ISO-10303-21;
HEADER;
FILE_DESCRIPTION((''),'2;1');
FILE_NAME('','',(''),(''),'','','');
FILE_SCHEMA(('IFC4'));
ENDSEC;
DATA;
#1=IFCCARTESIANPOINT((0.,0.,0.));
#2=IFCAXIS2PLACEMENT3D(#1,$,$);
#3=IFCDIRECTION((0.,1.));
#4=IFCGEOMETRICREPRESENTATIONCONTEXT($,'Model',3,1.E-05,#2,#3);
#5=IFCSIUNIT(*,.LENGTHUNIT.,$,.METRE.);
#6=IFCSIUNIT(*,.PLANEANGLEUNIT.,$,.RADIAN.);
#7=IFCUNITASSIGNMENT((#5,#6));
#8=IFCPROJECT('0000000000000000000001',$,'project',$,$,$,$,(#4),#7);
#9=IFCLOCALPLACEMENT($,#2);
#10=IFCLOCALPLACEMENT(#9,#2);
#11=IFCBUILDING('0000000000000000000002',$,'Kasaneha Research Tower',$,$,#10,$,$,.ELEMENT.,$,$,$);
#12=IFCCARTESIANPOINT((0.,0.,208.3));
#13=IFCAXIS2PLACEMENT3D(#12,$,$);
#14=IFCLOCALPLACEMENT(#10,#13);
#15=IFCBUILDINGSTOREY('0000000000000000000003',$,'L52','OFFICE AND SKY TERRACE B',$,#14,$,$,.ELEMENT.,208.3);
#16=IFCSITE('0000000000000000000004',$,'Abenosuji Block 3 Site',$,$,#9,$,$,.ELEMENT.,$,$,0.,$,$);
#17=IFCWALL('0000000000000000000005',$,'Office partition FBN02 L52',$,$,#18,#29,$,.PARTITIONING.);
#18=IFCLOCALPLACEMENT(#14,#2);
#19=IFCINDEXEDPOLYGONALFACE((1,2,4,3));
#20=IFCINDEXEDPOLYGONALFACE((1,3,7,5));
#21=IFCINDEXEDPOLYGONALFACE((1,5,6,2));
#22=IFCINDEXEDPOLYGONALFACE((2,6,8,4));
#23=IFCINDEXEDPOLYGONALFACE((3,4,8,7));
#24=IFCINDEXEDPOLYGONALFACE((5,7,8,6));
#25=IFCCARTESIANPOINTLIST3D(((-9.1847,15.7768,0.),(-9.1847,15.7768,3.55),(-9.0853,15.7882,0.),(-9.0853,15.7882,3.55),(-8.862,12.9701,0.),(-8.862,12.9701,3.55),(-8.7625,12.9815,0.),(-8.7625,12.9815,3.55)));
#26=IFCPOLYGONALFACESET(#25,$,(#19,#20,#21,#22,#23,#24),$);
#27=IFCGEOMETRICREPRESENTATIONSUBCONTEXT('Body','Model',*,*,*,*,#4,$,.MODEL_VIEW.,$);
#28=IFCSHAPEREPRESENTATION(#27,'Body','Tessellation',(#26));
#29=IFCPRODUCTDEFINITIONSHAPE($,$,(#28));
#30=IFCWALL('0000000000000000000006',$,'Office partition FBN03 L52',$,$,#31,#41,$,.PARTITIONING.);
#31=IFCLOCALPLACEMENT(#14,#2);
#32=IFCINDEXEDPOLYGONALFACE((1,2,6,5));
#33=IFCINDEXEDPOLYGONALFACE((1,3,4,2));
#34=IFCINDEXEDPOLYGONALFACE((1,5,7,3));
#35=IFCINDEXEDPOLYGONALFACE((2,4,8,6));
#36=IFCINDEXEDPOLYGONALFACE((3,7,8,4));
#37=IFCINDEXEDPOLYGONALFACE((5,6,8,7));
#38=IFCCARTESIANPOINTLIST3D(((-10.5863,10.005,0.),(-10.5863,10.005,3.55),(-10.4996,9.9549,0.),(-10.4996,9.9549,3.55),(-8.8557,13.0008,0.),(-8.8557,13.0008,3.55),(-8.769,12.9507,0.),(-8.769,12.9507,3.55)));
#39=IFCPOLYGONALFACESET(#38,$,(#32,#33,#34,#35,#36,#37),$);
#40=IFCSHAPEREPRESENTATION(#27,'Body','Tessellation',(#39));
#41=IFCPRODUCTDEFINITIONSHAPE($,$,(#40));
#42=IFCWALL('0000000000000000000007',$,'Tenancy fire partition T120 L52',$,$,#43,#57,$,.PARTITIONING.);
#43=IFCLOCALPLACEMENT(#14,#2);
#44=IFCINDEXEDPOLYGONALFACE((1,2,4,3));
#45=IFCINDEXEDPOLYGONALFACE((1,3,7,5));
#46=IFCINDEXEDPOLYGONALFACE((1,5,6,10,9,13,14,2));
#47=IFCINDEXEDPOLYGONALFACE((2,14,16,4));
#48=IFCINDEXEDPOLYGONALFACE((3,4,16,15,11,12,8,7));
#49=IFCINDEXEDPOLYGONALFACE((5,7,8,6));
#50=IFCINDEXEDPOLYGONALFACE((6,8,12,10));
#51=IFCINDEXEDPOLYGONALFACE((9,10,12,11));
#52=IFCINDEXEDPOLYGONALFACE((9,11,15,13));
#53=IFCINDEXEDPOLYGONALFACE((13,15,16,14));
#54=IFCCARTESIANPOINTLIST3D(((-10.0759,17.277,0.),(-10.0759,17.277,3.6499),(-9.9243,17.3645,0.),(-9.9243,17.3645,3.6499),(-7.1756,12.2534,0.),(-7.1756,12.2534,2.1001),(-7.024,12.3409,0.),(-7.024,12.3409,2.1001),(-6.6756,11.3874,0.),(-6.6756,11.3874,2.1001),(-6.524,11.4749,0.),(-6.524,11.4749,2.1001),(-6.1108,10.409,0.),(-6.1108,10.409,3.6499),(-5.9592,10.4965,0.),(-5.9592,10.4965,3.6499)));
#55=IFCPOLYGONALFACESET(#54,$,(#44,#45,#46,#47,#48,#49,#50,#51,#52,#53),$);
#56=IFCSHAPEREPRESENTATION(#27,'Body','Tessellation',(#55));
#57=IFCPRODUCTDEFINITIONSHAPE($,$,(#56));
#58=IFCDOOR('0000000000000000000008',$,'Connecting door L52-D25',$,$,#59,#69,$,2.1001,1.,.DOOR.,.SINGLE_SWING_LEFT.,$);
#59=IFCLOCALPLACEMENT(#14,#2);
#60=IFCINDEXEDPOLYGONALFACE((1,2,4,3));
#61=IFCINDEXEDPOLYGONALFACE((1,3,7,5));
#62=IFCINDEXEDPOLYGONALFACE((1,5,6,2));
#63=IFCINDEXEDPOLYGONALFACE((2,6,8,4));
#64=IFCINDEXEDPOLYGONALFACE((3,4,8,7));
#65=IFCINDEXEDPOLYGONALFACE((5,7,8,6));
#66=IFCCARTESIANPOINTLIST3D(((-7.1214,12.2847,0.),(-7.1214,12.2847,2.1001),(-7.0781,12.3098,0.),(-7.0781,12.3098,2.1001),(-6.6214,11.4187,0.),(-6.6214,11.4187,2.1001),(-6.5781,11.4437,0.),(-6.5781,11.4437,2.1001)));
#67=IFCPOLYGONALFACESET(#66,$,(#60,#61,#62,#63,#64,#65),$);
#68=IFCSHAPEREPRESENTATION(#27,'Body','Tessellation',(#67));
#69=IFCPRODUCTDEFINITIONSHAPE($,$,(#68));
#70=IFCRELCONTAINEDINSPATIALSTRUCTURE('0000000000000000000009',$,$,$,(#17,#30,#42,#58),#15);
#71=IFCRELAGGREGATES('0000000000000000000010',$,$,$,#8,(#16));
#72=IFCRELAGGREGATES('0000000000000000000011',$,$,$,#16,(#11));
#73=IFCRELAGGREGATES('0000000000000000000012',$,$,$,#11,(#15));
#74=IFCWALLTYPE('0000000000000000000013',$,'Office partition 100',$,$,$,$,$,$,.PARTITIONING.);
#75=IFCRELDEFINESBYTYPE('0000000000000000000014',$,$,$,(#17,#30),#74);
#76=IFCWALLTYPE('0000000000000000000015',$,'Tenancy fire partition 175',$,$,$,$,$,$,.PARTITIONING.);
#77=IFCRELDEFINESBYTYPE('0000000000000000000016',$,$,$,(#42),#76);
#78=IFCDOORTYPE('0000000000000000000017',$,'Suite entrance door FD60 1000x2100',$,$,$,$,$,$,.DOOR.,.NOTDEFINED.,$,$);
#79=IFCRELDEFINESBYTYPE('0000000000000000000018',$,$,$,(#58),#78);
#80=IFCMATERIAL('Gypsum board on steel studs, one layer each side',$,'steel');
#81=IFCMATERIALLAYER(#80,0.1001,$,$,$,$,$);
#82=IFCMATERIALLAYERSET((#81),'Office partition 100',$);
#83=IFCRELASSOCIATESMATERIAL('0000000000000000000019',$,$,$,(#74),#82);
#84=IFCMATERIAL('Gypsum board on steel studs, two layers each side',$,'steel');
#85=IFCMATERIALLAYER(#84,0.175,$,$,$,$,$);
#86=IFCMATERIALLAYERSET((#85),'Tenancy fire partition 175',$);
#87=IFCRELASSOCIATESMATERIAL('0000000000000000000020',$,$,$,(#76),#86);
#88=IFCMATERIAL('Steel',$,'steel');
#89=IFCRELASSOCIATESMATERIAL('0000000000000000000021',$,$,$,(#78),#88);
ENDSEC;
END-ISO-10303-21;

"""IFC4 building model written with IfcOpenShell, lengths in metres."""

from ifc_helpers import new_model, si_unit, direction, frame, frame_2d, origin, place, context, subcontext, project, spatial, rectangle, extrude, material, layer, layer_set, type_object, element, fill, save


model = new_model("IFC4")

# Units and contexts
model_context = context("Model", 3, precision=1e-05, world=origin(), true_north=direction((0.0, 1.0)))
body_context = subcontext(model_context, "Body", "Model", "MODEL_VIEW")
ifc_project = project(units=[si_unit("LENGTHUNIT", "METRE"), si_unit("PLANEANGLEUNIT", "RADIAN")], contexts=[model_context])

# Site, building, storey
site_placement = place(None, origin())
site = spatial("IfcSite", under=ifc_project, at=site_placement, Name="Abenosuji Block 3 Site", CompositionType="ELEMENT", RefElevation=0.0)
building_placement = place(site_placement, origin())
building = spatial("IfcBuilding", under=site, at=building_placement, Name="Kasaneha Research Tower", CompositionType="ELEMENT")
storey_placement = place(building_placement, frame((0.0, 0.0, 208.3)))
storey = spatial("IfcBuildingStorey", under=building, at=storey_placement, Name="L52", Description="OFFICE AND SKY TERRACE B", CompositionType="ELEMENT", Elevation=208.3)

# Shared definitions
ifc_material_1 = material(Name="Gypsum board on steel studs, one layer each side", Category="steel")
ifc_layer_1 = layer(ifc_material_1, 0.1001)
ifc_layer_set_1 = layer_set([ifc_layer_1], Name="Office partition 100")
wall_type_1 = type_object("IfcWallType", Name="Office partition 100", PredefinedType="PARTITIONING", material=ifc_layer_set_1)

# Walls
wall_1_placement = place(storey_placement, frame((-9.135, 15.7825, 0.0), z_axis=(0.0, 0.0, 1.0), x_axis=(0.114244, -0.993453, 0.0)))
element("IfcWall", 1, at=wall_1_placement, inside=storey, type_object=wall_type_1, Name="Office partition FBN02 L52", PredefinedType="PARTITIONING", context=body_context, shape_type="SweptSolid", body=[
    extrude(rectangle(XDim=2.8252, YDim=0.1001, at=frame_2d((1.4126, 0.0))), origin(), (0.0, 0.0, 1.0), 3.55),
])
wall_2_placement = place(storey_placement, frame((-8.8123, 12.9758, 0.0), z_axis=(0.0, 0.0, 1.0), x_axis=(-0.500229, -0.865893, 0.0)))
element("IfcWall", 2, at=wall_2_placement, inside=storey, type_object=wall_type_1, Name="Office partition FBN03 L52", PredefinedType="PARTITIONING", context=body_context, shape_type="SweptSolid", body=[
    extrude(rectangle(XDim=3.4597, YDim=0.1001, at=frame_2d((1.73, 0.0))), origin(), (0.0, 0.0, 1.0), 3.55),
])

# Wall, opening, door
ifc_material_2 = material(Name="Gypsum board on steel studs, two layers each side", Category="steel")
ifc_layer_2 = layer(ifc_material_2, 0.175)
ifc_layer_set_2 = layer_set([ifc_layer_2], Name="Tenancy fire partition 175")
wall_type_2 = type_object("IfcWallType", Name="Tenancy fire partition 175", PredefinedType="PARTITIONING", material=ifc_layer_set_2)
wall_3_placement = place(storey_placement, frame((-6.0349, 10.4526, 0.0), z_axis=(0.0, 0.0, 1.0), x_axis=(-0.49999, 0.866031, 0.0)))
wall_3 = element("IfcWall", 3, at=wall_3_placement, inside=storey, type_object=wall_type_2, Name="Tenancy fire partition T120 L52", PredefinedType="PARTITIONING", context=body_context, shape_type="SweptSolid", body=[
    extrude(rectangle(XDim=7.9304, YDim=0.175, at=frame_2d((3.9653, 0.0))), origin(), (0.0, 0.0, 1.0), 3.6499),
])
opening_1_placement = place(wall_3_placement, frame((1.1299, 0.0, 0.0)))
opening_1 = element("IfcOpeningElement", 4, at=opening_1_placement, cuts=wall_3, PredefinedType="OPENING", context=body_context, shape_type="SweptSolid", body=[
    extrude(rectangle(XDim=1.0, YDim=2.1001, at=frame_2d((0.5, 1.05))), frame((0.0, 0.0977, 0.0), z_axis=(0.0, -1.0, 0.0), x_axis=(1.0, 0.0, 0.0)), (0.0, 0.0, 1.0), 0.1951),
])
ifc_material_3 = material(Name="Steel", Category="steel")
door_type_1 = type_object("IfcDoorType", Name="Suite entrance door FD60 1000x2100", OperationType="NOTDEFINED", PredefinedType="DOOR", material=ifc_material_3)
door_1_placement = place(opening_1_placement, origin())
door_1 = element("IfcDoor", 5, at=door_1_placement, inside=storey, type_object=door_type_1, Name="Connecting door L52-D25", OperationType="SINGLE_SWING_LEFT", OverallHeight=2.1001, OverallWidth=1.0, PredefinedType="DOOR", context=body_context, shape_type="SweptSolid", body=[
    extrude(rectangle(XDim=1.0, YDim=2.1001, at=frame_2d((0.5, 1.05))), frame((0.0, 0.0249, 0.0), z_axis=(0.0, -1.0, 0.0), x_axis=(1.0, 0.0, 0.0)), (0.0, 0.0, 1.0), 0.05),
])
fill(opening_1, door_1)

save(model, "model.ifc")
